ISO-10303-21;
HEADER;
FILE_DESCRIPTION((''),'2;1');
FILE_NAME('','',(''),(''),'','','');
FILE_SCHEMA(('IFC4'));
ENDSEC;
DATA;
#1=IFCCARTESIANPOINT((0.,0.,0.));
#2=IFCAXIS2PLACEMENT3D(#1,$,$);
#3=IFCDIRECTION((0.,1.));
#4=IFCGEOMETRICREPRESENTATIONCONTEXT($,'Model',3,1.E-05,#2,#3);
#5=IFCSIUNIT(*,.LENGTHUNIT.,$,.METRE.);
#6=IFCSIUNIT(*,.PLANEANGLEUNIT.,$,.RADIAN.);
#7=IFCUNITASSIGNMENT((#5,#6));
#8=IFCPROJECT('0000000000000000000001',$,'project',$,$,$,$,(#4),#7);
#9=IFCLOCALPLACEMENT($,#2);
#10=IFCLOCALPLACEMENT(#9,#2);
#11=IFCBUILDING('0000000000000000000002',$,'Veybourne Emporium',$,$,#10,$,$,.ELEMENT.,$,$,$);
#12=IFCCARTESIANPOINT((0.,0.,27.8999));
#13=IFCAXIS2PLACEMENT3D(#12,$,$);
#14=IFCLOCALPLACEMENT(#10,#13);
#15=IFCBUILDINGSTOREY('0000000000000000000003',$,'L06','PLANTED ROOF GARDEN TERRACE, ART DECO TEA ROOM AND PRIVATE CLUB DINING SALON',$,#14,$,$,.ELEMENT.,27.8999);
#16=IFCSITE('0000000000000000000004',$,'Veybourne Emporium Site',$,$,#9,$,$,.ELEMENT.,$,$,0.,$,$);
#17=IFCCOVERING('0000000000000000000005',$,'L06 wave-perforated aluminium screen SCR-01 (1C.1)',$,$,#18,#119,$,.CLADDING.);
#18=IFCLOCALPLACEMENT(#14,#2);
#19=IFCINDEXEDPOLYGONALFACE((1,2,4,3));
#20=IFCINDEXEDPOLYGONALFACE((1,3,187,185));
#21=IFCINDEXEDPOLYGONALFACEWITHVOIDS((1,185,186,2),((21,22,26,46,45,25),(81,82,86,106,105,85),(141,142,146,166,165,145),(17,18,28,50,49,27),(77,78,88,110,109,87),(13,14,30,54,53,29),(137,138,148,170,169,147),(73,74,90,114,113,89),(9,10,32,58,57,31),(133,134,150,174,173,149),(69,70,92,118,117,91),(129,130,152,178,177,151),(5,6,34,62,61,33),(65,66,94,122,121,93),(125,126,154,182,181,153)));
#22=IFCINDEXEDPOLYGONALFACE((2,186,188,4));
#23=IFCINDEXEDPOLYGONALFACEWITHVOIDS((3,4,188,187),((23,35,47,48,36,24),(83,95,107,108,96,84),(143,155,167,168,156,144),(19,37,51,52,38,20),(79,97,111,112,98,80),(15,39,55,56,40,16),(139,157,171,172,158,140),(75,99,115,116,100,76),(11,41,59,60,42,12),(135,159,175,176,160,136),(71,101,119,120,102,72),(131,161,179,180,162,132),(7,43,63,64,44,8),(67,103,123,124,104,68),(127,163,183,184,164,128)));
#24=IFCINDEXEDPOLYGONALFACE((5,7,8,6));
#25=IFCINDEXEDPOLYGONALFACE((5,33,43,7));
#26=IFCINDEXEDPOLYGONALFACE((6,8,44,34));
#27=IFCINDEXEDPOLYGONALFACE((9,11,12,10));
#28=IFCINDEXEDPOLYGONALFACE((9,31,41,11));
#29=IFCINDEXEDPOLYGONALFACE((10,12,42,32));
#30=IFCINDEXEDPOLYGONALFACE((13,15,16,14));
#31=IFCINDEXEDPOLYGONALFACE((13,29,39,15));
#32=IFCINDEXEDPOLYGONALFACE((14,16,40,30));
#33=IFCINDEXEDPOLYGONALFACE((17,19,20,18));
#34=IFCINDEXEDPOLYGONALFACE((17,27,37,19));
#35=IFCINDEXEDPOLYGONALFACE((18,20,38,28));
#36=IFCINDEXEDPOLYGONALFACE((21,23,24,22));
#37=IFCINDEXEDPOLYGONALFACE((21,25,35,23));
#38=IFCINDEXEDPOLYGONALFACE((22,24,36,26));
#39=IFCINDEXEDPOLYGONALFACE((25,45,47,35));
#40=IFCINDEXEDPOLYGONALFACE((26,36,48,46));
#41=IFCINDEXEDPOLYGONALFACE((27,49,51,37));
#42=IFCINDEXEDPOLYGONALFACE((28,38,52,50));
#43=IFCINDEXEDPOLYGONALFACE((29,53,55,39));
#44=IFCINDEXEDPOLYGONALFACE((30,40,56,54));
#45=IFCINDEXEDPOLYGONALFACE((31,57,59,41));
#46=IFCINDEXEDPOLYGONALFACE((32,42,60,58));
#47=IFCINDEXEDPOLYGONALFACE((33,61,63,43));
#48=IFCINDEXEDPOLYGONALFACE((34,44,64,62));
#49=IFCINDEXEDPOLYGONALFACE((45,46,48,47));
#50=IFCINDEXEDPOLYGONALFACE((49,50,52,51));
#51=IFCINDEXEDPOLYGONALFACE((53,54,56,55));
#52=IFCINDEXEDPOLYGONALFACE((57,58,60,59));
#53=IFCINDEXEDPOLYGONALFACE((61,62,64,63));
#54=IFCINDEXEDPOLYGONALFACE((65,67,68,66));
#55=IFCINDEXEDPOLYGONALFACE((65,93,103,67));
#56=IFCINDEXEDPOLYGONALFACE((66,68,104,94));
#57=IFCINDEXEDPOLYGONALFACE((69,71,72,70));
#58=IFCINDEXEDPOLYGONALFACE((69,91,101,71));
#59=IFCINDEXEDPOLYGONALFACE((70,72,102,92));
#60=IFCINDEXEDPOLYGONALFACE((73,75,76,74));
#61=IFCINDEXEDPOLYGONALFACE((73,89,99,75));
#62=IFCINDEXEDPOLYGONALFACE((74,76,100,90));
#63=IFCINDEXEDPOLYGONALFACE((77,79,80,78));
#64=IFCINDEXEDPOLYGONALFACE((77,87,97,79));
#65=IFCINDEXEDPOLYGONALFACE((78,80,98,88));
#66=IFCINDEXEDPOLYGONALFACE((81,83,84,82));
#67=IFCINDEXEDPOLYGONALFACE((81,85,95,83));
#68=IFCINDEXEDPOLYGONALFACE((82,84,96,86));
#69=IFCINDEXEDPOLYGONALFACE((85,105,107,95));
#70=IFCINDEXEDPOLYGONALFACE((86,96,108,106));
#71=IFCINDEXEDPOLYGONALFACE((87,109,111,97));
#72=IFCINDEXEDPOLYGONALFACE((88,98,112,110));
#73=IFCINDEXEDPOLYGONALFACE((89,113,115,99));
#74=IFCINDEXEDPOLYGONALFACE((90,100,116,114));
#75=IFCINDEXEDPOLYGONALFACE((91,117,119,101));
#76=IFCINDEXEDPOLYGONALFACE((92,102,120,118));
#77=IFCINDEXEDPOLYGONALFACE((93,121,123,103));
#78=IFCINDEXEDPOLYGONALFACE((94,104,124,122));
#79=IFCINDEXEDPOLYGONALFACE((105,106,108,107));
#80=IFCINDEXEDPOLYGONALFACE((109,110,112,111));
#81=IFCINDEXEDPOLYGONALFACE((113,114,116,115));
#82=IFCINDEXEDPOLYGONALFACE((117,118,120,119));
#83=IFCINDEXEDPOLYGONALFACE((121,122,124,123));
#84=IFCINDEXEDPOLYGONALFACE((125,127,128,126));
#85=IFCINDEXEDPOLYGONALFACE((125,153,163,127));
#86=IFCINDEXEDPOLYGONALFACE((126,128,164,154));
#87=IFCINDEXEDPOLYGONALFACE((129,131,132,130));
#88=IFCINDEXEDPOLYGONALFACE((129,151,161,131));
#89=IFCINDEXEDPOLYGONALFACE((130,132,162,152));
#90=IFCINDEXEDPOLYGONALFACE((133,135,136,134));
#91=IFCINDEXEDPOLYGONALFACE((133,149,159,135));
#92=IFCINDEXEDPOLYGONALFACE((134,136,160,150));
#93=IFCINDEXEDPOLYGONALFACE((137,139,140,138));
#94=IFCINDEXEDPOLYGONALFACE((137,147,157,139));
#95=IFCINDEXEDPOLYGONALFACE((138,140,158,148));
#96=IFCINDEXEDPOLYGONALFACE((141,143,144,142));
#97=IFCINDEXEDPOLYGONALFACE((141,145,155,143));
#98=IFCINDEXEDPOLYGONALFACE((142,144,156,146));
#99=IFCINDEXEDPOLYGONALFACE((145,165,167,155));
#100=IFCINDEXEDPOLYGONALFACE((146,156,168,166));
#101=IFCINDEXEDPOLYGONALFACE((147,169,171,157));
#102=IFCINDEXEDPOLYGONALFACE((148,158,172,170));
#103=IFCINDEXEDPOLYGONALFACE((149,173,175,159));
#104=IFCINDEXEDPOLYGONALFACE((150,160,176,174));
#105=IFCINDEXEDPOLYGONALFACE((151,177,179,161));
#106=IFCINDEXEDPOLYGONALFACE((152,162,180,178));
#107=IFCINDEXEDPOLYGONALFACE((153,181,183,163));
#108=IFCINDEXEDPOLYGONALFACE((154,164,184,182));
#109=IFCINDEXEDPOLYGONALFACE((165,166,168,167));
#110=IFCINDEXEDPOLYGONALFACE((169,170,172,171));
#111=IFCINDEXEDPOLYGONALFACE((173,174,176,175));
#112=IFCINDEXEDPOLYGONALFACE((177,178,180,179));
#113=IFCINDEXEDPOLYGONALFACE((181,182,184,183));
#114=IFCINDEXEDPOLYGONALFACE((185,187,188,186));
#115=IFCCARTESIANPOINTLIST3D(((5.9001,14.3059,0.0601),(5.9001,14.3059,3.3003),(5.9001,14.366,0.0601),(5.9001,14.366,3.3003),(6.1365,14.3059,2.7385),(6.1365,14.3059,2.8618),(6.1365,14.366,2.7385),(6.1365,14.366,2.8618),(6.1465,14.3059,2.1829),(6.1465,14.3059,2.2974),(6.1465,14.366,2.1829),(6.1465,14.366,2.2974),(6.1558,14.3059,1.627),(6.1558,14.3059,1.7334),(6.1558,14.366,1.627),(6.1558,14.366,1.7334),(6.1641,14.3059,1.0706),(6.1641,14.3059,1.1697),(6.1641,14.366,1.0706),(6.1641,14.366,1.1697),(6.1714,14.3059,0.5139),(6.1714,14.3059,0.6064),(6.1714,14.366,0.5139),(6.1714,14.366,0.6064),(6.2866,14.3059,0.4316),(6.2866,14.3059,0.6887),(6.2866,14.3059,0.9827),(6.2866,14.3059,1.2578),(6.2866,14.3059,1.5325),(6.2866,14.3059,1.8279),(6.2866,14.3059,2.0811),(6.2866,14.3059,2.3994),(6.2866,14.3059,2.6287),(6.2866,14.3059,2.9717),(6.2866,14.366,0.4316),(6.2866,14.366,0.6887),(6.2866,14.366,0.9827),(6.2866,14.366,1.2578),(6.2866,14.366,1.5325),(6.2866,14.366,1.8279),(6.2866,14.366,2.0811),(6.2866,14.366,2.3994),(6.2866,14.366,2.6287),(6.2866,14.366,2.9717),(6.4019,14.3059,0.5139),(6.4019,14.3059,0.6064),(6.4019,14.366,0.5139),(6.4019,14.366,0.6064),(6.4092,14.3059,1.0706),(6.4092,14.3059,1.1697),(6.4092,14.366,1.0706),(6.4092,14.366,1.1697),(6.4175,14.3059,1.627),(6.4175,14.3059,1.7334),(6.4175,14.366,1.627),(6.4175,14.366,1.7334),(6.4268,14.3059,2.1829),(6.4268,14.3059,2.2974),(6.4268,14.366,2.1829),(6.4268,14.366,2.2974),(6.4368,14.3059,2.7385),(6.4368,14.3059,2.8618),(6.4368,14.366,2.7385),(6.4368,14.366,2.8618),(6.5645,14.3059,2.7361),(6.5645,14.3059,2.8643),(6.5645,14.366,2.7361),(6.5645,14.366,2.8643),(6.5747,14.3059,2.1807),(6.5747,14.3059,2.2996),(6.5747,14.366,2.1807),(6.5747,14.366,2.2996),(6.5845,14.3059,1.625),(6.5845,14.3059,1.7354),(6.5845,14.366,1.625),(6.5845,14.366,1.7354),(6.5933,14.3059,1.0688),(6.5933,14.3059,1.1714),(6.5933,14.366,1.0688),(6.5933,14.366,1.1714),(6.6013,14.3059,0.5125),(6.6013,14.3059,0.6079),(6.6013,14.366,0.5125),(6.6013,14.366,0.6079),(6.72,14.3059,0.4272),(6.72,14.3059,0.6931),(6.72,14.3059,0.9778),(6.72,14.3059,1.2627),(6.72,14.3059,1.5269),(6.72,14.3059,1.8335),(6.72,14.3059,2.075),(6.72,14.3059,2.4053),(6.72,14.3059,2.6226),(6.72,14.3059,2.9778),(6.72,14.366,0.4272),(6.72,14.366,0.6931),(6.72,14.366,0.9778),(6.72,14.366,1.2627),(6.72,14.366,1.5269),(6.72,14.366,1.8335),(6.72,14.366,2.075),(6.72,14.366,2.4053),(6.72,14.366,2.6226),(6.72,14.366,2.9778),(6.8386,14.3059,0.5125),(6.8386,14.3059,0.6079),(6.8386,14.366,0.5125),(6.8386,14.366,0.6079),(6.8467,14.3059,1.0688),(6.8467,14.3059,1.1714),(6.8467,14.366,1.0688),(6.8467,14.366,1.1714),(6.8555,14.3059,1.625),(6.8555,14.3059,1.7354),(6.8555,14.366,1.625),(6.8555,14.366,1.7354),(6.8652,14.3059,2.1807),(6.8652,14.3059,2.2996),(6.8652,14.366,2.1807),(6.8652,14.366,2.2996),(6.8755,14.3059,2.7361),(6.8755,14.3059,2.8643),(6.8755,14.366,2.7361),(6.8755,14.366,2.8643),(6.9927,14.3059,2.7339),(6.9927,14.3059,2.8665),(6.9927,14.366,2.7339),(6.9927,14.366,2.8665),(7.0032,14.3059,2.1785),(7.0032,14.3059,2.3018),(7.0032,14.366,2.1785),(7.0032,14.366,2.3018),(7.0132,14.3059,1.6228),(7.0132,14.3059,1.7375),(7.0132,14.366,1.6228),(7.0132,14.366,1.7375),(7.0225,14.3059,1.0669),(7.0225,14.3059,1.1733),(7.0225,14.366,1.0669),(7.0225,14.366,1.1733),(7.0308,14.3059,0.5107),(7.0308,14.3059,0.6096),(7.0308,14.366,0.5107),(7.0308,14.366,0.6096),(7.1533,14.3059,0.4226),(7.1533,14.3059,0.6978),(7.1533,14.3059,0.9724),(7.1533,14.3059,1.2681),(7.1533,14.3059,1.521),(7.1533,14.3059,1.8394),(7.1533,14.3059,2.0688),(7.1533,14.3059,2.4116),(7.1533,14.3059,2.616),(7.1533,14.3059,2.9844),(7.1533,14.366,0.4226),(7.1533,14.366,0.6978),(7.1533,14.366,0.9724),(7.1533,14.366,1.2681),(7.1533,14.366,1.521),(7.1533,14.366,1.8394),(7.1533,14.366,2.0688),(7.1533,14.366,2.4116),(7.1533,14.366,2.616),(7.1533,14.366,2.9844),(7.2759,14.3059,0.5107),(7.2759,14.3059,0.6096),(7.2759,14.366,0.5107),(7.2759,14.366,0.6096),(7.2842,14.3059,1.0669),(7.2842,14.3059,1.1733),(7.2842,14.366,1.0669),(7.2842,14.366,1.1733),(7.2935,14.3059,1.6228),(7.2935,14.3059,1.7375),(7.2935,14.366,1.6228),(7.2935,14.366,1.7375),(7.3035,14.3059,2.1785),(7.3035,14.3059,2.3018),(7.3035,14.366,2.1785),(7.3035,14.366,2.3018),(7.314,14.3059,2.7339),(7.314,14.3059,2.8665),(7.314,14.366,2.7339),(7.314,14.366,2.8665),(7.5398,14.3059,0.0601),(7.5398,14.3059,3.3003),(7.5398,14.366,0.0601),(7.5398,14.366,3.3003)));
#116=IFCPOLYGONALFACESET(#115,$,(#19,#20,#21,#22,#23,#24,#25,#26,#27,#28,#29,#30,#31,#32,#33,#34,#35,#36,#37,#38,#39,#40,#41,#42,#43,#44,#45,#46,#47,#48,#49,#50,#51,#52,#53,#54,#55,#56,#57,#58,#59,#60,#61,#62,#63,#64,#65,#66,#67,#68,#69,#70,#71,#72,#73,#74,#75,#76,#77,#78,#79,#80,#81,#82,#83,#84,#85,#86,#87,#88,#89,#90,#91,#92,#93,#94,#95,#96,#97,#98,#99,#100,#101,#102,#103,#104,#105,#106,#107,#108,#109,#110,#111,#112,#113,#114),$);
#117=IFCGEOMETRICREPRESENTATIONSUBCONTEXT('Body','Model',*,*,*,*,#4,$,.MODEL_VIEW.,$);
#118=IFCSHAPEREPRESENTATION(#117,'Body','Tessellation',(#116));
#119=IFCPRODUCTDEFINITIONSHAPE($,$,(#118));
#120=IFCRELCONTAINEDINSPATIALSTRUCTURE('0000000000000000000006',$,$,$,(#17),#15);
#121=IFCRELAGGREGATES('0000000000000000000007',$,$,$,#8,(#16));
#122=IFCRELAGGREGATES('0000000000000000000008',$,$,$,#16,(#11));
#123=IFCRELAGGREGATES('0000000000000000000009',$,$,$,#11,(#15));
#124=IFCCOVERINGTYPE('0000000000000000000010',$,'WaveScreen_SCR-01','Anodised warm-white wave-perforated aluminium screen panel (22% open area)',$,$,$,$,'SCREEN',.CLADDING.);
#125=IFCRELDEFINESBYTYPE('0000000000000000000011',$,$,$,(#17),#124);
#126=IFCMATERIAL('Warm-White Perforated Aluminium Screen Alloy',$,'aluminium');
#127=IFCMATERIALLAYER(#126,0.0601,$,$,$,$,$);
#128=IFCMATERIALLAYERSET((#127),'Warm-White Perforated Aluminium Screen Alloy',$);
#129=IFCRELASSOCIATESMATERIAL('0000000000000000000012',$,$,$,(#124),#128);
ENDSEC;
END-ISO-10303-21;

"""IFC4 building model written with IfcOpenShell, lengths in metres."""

from ifc_helpers import new_model, si_unit, direction, frame, origin, place, context, subcontext, project, spatial, polyline, outline, extrude, material, layer, layer_set, type_object, element, save


model = new_model("IFC4")

# Units and contexts
model_context = context("Model", 3, precision=1e-05, world=origin(), true_north=direction((0.0, 1.0)))
body_context = subcontext(model_context, "Body", "Model", "MODEL_VIEW")
ifc_project = project(units=[si_unit("LENGTHUNIT", "METRE"), si_unit("PLANEANGLEUNIT", "RADIAN")], contexts=[model_context])

# Site, building, storey
site_placement = place(None, origin())
site = spatial("IfcSite", under=ifc_project, at=site_placement, Name="Veybourne Emporium Site", CompositionType="ELEMENT", RefElevation=0.0)
building_placement = place(site_placement, origin())
building = spatial("IfcBuilding", under=site, at=building_placement, Name="Veybourne Emporium", CompositionType="ELEMENT")
storey_placement = place(building_placement, frame((0.0, 0.0, 27.8999)))
storey = spatial("IfcBuildingStorey", under=building, at=storey_placement, Name="L06", Description="PLANTED ROOF GARDEN TERRACE, ART DECO TEA ROOM AND PRIVATE CLUB DINING SALON", CompositionType="ELEMENT", Elevation=27.8999)

# Covering
ifc_material_1 = material(Name="Warm-White Perforated Aluminium Screen Alloy", Category="aluminium")
ifc_layer_1 = layer(ifc_material_1, 0.0601)
ifc_layer_set_1 = layer_set([ifc_layer_1], Name="Warm-White Perforated Aluminium Screen Alloy")
covering_type_1 = type_object("IfcCoveringType", Name="WaveScreen_SCR-01", Description="Anodised warm-white wave-perforated aluminium screen panel (22% open area)", ElementType="SCREEN", PredefinedType="CLADDING", material=ifc_layer_set_1)
covering_1_placement = place(storey_placement, frame((6.72, 14.3059, 1.6802), z_axis=(0.0, 1.0, 0.0), x_axis=(-1.0, 0.0, 0.0)))
element("IfcCovering", 1, at=covering_1_placement, inside=storey, type_object=covering_type_1, Name="L06 wave-perforated aluminium screen SCR-01 (1C.1)", PredefinedType="CLADDING", context=body_context, shape_type="SweptSolid", body=[
    extrude(outline(polyline([(-0.8198, -1.6201), (0.8198, -1.6201), (0.8198, 1.6201), (-0.8198, 1.6201), (-0.8198, -1.6201)]), holes=[polyline([(-0.4333, -0.9824), (-0.3108, -1.0706), (-0.3108, -1.1694), (-0.4333, -1.2576), (-0.5559, -1.1694), (-0.5559, -1.0706), (-0.4333, -0.9824)]), polyline([(-0.4333, -0.4121), (-0.3025, -0.5068), (-0.3025, -0.6133), (-0.4333, -0.7078), (-0.5642, -0.6133), (-0.5642, -0.5068), (-0.4333, -0.4121)]), polyline([(-0.4333, 0.1592), (-0.2932, 0.0574), (-0.2932, -0.0574), (-0.4333, -0.1592), (-0.5735, -0.0574), (-0.5735, 0.0574), (-0.4333, 0.1592)]), polyline([(-0.4333, 0.7314), (-0.2832, 0.6216), (-0.2832, 0.4983), (-0.4333, 0.3887), (-0.5835, 0.4983), (-0.5835, 0.6216), (-0.4333, 0.7314)]), polyline([(-0.4333, 1.3042), (-0.2727, 1.1863), (-0.2727, 1.0537), (-0.4333, 0.9358), (-0.594, 1.0537), (-0.594, 1.1863), (-0.4333, 1.3042)]), polyline([(0.0, -0.9871), (0.1187, -1.0723), (0.1187, -1.1677), (0.0, -1.2529), (-0.1187, -1.1677), (-0.1187, -1.0723), (0.0, -0.9871)]), polyline([(0.0, -0.4175), (0.1267, -0.5088), (0.1267, -0.6113), (0.0, -0.7024), (-0.1267, -0.6113), (-0.1267, -0.5088), (0.0, -0.4175)]), polyline([(0.0, 0.1533), (0.1355, 0.0552), (0.1355, -0.0552), (0.0, -0.1533), (-0.1355, -0.0552), (-0.1355, 0.0552), (0.0, 0.1533)]), polyline([(0.0, 0.7251), (0.1453, 0.6194), (0.1453, 0.5005), (0.0, 0.3948), (-0.1453, 0.5005), (-0.1453, 0.6194), (0.0, 0.7251)]), polyline([(0.0, 1.2976), (0.1555, 1.1841), (0.1555, 1.0559), (0.0, 0.9424), (-0.1555, 1.0559), (-0.1555, 1.1841), (0.0, 1.2976)]), polyline([(0.4333, -0.9915), (0.5486, -1.0737), (0.5486, -1.1663), (0.4333, -1.2485), (0.3181, -1.1663), (0.3181, -1.0737), (0.4333, -0.9915)]), polyline([(0.4333, -0.4224), (0.5559, -0.5105), (0.5559, -0.6096), (0.4333, -0.6975), (0.3108, -0.6096), (0.3108, -0.5105), (0.4333, -0.4224)]), polyline([(0.4333, 0.1477), (0.5642, 0.0532), (0.5642, -0.0532), (0.4333, -0.1477), (0.3025, -0.0532), (0.3025, 0.0532), (0.4333, 0.1477)]), polyline([(0.4333, 0.7192), (0.5735, 0.6172), (0.5735, 0.5027), (0.4333, 0.4009), (0.2932, 0.5027), (0.2932, 0.6172), (0.4333, 0.7192)]), polyline([(0.4333, 1.2915), (0.5835, 1.1816), (0.5835, 1.0583), (0.4333, 0.9485), (0.2832, 1.0583), (0.2832, 1.1816), (0.4333, 1.2915)])]), origin(), (0.0, 0.0, 1.0), 0.0601),
])

save(model, "model.ifc")
